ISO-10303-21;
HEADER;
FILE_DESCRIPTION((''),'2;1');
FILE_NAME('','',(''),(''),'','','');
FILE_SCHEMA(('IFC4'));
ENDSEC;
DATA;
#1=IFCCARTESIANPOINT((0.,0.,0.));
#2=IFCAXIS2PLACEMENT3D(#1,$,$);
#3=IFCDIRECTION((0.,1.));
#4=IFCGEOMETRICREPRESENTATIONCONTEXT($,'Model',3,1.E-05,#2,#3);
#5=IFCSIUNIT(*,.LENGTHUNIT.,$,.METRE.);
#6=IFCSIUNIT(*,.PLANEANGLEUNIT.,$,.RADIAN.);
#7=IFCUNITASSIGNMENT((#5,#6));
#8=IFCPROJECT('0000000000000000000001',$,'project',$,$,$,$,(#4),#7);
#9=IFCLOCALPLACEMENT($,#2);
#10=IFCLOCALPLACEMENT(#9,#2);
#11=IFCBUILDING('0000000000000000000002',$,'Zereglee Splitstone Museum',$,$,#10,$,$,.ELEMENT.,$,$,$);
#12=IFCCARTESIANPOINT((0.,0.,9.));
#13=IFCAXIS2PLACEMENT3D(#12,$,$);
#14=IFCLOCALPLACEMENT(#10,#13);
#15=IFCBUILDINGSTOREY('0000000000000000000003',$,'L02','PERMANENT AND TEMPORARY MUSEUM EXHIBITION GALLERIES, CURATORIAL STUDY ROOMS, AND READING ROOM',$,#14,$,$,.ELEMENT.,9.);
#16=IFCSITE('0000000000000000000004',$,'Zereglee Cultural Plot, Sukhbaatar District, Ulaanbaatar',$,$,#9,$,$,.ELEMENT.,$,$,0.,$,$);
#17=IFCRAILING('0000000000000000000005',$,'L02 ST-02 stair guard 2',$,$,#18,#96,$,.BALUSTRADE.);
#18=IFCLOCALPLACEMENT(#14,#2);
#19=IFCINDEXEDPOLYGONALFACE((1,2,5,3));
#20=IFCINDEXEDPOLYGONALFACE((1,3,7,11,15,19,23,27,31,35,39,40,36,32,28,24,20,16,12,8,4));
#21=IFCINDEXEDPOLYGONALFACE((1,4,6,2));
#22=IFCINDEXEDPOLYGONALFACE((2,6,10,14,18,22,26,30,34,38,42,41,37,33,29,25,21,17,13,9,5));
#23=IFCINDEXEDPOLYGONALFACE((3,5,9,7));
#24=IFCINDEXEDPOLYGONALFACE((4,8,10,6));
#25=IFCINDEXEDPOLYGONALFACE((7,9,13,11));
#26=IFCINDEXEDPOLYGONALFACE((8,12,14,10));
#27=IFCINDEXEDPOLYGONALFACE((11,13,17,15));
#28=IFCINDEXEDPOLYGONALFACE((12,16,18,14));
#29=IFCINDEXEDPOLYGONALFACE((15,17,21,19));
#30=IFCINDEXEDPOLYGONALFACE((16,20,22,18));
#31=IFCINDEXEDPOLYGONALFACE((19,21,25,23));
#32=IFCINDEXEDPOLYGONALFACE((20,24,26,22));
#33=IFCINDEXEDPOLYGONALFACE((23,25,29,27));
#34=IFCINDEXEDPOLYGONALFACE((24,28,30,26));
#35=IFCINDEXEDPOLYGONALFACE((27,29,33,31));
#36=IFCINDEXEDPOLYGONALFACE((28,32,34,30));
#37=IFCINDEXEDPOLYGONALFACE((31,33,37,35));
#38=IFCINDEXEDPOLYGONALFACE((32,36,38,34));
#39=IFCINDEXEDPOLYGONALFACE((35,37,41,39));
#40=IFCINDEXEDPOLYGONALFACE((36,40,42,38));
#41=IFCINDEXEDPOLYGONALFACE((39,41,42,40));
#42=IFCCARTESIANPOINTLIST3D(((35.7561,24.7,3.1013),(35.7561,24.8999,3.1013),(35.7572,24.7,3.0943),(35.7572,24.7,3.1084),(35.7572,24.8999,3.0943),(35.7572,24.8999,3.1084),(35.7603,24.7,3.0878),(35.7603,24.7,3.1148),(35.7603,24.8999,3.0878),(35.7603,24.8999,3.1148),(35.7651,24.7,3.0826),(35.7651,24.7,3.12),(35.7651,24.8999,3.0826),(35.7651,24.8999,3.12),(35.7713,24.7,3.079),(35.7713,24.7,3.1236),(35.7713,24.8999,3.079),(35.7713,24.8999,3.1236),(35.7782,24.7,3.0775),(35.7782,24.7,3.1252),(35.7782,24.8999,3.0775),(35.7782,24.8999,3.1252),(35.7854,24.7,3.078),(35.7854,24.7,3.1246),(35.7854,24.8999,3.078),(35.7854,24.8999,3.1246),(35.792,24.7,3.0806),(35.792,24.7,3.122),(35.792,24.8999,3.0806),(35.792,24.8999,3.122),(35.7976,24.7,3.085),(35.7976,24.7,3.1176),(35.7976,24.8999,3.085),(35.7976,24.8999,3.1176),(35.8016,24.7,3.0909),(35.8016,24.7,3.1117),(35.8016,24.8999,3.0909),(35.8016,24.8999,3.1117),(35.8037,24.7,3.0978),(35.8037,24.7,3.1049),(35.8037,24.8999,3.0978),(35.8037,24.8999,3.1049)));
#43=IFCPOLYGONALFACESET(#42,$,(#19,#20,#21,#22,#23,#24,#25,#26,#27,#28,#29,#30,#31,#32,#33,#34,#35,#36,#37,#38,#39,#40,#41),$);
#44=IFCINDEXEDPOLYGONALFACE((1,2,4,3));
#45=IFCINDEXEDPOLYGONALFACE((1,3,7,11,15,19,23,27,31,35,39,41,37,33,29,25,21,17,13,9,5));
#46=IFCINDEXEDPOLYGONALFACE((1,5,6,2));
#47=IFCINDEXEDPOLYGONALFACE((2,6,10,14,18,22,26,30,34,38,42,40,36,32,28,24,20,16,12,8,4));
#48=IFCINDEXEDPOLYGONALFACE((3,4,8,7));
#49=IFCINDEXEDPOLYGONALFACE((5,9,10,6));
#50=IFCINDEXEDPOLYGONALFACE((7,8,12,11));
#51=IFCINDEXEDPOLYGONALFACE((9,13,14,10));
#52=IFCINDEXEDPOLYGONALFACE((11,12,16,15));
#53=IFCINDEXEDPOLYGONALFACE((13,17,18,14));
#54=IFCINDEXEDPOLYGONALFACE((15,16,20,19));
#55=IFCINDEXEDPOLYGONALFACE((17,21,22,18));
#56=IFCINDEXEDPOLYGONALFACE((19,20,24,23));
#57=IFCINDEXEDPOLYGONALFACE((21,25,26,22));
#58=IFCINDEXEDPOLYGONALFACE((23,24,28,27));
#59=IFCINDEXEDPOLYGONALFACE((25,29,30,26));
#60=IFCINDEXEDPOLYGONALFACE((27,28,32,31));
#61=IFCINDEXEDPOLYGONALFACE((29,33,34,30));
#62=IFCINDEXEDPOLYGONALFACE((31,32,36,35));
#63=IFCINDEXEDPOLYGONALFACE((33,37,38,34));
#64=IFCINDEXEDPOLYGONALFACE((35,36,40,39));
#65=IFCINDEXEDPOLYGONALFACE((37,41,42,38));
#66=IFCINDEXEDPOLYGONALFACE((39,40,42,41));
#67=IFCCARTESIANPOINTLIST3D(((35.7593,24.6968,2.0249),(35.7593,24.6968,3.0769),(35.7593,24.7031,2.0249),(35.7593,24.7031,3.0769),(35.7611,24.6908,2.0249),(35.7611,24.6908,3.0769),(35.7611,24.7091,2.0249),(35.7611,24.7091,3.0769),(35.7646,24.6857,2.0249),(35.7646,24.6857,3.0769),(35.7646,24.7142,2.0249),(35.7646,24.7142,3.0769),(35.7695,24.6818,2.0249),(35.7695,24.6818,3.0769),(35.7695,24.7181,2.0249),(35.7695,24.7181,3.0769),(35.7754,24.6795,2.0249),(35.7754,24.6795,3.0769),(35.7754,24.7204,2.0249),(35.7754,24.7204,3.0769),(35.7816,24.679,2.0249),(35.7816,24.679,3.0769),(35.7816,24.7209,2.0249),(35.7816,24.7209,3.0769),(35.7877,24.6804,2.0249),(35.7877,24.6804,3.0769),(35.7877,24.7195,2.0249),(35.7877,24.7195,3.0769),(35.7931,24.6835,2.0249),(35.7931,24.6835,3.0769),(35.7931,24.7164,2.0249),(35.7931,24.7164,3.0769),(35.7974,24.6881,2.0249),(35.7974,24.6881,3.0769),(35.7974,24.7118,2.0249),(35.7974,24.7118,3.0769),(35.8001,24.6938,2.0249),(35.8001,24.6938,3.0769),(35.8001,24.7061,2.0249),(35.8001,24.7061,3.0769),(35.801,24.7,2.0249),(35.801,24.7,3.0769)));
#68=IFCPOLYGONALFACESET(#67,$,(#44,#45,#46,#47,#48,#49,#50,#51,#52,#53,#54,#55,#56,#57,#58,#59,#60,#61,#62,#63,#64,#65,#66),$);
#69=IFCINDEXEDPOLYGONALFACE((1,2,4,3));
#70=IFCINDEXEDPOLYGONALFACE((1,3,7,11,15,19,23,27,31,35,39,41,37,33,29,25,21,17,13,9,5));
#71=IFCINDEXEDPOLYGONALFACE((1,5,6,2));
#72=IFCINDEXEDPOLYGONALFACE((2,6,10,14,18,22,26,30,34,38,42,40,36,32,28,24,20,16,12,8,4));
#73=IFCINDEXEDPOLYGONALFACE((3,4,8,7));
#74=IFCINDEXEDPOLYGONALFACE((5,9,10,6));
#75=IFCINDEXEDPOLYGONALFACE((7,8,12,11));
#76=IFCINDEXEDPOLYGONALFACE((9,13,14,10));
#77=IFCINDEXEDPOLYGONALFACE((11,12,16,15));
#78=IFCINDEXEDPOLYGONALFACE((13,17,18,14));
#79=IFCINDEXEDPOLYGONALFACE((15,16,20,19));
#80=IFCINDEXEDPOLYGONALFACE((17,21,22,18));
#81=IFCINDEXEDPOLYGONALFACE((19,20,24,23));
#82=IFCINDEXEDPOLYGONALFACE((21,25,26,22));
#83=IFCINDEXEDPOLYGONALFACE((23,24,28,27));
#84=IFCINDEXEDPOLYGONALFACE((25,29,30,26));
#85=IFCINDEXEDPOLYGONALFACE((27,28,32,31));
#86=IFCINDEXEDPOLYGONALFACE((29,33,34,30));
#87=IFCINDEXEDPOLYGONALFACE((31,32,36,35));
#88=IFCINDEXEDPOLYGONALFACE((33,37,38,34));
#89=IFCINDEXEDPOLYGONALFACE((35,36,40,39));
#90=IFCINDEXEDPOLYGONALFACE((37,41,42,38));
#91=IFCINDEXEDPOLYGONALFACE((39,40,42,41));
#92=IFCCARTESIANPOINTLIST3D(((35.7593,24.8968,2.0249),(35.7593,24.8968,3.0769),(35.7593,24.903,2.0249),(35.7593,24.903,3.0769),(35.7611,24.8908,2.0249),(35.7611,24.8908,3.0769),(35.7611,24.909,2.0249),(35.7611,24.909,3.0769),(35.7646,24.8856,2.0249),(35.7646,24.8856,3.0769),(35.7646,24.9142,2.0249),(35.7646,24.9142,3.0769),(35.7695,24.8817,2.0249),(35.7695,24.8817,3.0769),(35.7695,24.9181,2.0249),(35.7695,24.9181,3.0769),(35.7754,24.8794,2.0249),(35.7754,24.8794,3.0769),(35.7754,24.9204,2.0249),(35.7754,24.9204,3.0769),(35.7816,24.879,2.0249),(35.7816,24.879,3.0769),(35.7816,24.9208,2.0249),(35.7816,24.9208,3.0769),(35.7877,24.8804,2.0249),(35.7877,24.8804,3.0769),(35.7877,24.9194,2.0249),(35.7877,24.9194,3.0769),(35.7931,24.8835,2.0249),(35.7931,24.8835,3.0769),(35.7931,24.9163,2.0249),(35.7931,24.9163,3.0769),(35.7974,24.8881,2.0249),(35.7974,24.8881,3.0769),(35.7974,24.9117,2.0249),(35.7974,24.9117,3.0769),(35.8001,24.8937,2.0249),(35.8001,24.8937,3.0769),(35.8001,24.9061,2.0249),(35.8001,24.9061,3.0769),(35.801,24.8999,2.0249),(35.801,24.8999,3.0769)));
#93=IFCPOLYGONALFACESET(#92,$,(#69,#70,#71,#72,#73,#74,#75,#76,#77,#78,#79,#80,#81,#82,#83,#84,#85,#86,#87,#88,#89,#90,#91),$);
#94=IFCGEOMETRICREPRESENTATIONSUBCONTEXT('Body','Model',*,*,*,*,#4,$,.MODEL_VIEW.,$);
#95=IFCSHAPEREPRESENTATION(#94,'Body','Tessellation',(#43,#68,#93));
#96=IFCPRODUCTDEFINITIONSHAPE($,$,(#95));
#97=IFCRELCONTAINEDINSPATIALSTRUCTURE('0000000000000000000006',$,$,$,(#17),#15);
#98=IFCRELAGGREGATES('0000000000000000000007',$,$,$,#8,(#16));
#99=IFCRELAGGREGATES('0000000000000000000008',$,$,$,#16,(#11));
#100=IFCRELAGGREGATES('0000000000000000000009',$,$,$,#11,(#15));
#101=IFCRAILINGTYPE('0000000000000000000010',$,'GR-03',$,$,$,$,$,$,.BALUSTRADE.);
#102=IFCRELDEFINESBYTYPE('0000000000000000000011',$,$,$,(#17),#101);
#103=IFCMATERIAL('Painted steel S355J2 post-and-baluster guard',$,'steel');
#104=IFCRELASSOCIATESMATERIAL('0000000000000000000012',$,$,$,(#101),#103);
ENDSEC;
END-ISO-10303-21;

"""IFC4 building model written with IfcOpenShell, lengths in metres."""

from ifc_helpers import new_model, si_unit, direction, frame, origin, origin_2d, place, context, subcontext, project, spatial, circle, extrude, material, type_object, element, save


model = new_model("IFC4")

# Units and contexts
model_context = context("Model", 3, precision=1e-05, world=origin(), true_north=direction((0.0, 1.0)))
body_context = subcontext(model_context, "Body", "Model", "MODEL_VIEW")
ifc_project = project(units=[si_unit("LENGTHUNIT", "METRE"), si_unit("PLANEANGLEUNIT", "RADIAN")], contexts=[model_context])

# Site, building, storey
site_placement = place(None, origin())
site = spatial("IfcSite", under=ifc_project, at=site_placement, Name="Zereglee Cultural Plot, Sukhbaatar District, Ulaanbaatar", CompositionType="ELEMENT", RefElevation=0.0)
building_placement = place(site_placement, origin())
building = spatial("IfcBuilding", under=site, at=building_placement, Name="Zereglee Splitstone Museum", CompositionType="ELEMENT")
storey_placement = place(building_placement, frame((0.0, 0.0, 9.0)))
storey = spatial("IfcBuildingStorey", under=building, at=storey_placement, Name="L02", Description="PERMANENT AND TEMPORARY MUSEUM EXHIBITION GALLERIES, CURATORIAL STUDY ROOMS, AND READING ROOM", CompositionType="ELEMENT", Elevation=9.0)

# Railing
ifc_material_1 = material(Name="Painted steel S355J2 post-and-baluster guard", Category="steel")
railing_type_1 = type_object("IfcRailingType", Name="GR-03", PredefinedType="BALUSTRADE", material=ifc_material_1)
railing_1_placement = place(storey_placement, frame((35.78, 24.7, 2.0249)))
element("IfcRailing", 1, at=railing_1_placement, inside=storey, type_object=railing_type_1, Name="L02 ST-02 stair guard 2", PredefinedType="BALUSTRADE", context=body_context, shape_type="SweptSolid", body=[
    extrude(circle(Radius=0.0239, at=origin_2d()), frame((0.0, 0.0, 1.0764), z_axis=(0.0, 1.0, 0.0), x_axis=(-1.0, 0.0, 0.0)), (0.0, 0.0, 1.0), 0.2),
    extrude(circle(Radius=0.021, at=origin_2d()), origin(), (0.0, 0.0, 1.0), 1.052),
    extrude(circle(Radius=0.021, at=origin_2d()), frame((0.0, 0.2, 0.0)), (0.0, 0.0, 1.0), 1.052),
])

save(model, "model.ifc")
